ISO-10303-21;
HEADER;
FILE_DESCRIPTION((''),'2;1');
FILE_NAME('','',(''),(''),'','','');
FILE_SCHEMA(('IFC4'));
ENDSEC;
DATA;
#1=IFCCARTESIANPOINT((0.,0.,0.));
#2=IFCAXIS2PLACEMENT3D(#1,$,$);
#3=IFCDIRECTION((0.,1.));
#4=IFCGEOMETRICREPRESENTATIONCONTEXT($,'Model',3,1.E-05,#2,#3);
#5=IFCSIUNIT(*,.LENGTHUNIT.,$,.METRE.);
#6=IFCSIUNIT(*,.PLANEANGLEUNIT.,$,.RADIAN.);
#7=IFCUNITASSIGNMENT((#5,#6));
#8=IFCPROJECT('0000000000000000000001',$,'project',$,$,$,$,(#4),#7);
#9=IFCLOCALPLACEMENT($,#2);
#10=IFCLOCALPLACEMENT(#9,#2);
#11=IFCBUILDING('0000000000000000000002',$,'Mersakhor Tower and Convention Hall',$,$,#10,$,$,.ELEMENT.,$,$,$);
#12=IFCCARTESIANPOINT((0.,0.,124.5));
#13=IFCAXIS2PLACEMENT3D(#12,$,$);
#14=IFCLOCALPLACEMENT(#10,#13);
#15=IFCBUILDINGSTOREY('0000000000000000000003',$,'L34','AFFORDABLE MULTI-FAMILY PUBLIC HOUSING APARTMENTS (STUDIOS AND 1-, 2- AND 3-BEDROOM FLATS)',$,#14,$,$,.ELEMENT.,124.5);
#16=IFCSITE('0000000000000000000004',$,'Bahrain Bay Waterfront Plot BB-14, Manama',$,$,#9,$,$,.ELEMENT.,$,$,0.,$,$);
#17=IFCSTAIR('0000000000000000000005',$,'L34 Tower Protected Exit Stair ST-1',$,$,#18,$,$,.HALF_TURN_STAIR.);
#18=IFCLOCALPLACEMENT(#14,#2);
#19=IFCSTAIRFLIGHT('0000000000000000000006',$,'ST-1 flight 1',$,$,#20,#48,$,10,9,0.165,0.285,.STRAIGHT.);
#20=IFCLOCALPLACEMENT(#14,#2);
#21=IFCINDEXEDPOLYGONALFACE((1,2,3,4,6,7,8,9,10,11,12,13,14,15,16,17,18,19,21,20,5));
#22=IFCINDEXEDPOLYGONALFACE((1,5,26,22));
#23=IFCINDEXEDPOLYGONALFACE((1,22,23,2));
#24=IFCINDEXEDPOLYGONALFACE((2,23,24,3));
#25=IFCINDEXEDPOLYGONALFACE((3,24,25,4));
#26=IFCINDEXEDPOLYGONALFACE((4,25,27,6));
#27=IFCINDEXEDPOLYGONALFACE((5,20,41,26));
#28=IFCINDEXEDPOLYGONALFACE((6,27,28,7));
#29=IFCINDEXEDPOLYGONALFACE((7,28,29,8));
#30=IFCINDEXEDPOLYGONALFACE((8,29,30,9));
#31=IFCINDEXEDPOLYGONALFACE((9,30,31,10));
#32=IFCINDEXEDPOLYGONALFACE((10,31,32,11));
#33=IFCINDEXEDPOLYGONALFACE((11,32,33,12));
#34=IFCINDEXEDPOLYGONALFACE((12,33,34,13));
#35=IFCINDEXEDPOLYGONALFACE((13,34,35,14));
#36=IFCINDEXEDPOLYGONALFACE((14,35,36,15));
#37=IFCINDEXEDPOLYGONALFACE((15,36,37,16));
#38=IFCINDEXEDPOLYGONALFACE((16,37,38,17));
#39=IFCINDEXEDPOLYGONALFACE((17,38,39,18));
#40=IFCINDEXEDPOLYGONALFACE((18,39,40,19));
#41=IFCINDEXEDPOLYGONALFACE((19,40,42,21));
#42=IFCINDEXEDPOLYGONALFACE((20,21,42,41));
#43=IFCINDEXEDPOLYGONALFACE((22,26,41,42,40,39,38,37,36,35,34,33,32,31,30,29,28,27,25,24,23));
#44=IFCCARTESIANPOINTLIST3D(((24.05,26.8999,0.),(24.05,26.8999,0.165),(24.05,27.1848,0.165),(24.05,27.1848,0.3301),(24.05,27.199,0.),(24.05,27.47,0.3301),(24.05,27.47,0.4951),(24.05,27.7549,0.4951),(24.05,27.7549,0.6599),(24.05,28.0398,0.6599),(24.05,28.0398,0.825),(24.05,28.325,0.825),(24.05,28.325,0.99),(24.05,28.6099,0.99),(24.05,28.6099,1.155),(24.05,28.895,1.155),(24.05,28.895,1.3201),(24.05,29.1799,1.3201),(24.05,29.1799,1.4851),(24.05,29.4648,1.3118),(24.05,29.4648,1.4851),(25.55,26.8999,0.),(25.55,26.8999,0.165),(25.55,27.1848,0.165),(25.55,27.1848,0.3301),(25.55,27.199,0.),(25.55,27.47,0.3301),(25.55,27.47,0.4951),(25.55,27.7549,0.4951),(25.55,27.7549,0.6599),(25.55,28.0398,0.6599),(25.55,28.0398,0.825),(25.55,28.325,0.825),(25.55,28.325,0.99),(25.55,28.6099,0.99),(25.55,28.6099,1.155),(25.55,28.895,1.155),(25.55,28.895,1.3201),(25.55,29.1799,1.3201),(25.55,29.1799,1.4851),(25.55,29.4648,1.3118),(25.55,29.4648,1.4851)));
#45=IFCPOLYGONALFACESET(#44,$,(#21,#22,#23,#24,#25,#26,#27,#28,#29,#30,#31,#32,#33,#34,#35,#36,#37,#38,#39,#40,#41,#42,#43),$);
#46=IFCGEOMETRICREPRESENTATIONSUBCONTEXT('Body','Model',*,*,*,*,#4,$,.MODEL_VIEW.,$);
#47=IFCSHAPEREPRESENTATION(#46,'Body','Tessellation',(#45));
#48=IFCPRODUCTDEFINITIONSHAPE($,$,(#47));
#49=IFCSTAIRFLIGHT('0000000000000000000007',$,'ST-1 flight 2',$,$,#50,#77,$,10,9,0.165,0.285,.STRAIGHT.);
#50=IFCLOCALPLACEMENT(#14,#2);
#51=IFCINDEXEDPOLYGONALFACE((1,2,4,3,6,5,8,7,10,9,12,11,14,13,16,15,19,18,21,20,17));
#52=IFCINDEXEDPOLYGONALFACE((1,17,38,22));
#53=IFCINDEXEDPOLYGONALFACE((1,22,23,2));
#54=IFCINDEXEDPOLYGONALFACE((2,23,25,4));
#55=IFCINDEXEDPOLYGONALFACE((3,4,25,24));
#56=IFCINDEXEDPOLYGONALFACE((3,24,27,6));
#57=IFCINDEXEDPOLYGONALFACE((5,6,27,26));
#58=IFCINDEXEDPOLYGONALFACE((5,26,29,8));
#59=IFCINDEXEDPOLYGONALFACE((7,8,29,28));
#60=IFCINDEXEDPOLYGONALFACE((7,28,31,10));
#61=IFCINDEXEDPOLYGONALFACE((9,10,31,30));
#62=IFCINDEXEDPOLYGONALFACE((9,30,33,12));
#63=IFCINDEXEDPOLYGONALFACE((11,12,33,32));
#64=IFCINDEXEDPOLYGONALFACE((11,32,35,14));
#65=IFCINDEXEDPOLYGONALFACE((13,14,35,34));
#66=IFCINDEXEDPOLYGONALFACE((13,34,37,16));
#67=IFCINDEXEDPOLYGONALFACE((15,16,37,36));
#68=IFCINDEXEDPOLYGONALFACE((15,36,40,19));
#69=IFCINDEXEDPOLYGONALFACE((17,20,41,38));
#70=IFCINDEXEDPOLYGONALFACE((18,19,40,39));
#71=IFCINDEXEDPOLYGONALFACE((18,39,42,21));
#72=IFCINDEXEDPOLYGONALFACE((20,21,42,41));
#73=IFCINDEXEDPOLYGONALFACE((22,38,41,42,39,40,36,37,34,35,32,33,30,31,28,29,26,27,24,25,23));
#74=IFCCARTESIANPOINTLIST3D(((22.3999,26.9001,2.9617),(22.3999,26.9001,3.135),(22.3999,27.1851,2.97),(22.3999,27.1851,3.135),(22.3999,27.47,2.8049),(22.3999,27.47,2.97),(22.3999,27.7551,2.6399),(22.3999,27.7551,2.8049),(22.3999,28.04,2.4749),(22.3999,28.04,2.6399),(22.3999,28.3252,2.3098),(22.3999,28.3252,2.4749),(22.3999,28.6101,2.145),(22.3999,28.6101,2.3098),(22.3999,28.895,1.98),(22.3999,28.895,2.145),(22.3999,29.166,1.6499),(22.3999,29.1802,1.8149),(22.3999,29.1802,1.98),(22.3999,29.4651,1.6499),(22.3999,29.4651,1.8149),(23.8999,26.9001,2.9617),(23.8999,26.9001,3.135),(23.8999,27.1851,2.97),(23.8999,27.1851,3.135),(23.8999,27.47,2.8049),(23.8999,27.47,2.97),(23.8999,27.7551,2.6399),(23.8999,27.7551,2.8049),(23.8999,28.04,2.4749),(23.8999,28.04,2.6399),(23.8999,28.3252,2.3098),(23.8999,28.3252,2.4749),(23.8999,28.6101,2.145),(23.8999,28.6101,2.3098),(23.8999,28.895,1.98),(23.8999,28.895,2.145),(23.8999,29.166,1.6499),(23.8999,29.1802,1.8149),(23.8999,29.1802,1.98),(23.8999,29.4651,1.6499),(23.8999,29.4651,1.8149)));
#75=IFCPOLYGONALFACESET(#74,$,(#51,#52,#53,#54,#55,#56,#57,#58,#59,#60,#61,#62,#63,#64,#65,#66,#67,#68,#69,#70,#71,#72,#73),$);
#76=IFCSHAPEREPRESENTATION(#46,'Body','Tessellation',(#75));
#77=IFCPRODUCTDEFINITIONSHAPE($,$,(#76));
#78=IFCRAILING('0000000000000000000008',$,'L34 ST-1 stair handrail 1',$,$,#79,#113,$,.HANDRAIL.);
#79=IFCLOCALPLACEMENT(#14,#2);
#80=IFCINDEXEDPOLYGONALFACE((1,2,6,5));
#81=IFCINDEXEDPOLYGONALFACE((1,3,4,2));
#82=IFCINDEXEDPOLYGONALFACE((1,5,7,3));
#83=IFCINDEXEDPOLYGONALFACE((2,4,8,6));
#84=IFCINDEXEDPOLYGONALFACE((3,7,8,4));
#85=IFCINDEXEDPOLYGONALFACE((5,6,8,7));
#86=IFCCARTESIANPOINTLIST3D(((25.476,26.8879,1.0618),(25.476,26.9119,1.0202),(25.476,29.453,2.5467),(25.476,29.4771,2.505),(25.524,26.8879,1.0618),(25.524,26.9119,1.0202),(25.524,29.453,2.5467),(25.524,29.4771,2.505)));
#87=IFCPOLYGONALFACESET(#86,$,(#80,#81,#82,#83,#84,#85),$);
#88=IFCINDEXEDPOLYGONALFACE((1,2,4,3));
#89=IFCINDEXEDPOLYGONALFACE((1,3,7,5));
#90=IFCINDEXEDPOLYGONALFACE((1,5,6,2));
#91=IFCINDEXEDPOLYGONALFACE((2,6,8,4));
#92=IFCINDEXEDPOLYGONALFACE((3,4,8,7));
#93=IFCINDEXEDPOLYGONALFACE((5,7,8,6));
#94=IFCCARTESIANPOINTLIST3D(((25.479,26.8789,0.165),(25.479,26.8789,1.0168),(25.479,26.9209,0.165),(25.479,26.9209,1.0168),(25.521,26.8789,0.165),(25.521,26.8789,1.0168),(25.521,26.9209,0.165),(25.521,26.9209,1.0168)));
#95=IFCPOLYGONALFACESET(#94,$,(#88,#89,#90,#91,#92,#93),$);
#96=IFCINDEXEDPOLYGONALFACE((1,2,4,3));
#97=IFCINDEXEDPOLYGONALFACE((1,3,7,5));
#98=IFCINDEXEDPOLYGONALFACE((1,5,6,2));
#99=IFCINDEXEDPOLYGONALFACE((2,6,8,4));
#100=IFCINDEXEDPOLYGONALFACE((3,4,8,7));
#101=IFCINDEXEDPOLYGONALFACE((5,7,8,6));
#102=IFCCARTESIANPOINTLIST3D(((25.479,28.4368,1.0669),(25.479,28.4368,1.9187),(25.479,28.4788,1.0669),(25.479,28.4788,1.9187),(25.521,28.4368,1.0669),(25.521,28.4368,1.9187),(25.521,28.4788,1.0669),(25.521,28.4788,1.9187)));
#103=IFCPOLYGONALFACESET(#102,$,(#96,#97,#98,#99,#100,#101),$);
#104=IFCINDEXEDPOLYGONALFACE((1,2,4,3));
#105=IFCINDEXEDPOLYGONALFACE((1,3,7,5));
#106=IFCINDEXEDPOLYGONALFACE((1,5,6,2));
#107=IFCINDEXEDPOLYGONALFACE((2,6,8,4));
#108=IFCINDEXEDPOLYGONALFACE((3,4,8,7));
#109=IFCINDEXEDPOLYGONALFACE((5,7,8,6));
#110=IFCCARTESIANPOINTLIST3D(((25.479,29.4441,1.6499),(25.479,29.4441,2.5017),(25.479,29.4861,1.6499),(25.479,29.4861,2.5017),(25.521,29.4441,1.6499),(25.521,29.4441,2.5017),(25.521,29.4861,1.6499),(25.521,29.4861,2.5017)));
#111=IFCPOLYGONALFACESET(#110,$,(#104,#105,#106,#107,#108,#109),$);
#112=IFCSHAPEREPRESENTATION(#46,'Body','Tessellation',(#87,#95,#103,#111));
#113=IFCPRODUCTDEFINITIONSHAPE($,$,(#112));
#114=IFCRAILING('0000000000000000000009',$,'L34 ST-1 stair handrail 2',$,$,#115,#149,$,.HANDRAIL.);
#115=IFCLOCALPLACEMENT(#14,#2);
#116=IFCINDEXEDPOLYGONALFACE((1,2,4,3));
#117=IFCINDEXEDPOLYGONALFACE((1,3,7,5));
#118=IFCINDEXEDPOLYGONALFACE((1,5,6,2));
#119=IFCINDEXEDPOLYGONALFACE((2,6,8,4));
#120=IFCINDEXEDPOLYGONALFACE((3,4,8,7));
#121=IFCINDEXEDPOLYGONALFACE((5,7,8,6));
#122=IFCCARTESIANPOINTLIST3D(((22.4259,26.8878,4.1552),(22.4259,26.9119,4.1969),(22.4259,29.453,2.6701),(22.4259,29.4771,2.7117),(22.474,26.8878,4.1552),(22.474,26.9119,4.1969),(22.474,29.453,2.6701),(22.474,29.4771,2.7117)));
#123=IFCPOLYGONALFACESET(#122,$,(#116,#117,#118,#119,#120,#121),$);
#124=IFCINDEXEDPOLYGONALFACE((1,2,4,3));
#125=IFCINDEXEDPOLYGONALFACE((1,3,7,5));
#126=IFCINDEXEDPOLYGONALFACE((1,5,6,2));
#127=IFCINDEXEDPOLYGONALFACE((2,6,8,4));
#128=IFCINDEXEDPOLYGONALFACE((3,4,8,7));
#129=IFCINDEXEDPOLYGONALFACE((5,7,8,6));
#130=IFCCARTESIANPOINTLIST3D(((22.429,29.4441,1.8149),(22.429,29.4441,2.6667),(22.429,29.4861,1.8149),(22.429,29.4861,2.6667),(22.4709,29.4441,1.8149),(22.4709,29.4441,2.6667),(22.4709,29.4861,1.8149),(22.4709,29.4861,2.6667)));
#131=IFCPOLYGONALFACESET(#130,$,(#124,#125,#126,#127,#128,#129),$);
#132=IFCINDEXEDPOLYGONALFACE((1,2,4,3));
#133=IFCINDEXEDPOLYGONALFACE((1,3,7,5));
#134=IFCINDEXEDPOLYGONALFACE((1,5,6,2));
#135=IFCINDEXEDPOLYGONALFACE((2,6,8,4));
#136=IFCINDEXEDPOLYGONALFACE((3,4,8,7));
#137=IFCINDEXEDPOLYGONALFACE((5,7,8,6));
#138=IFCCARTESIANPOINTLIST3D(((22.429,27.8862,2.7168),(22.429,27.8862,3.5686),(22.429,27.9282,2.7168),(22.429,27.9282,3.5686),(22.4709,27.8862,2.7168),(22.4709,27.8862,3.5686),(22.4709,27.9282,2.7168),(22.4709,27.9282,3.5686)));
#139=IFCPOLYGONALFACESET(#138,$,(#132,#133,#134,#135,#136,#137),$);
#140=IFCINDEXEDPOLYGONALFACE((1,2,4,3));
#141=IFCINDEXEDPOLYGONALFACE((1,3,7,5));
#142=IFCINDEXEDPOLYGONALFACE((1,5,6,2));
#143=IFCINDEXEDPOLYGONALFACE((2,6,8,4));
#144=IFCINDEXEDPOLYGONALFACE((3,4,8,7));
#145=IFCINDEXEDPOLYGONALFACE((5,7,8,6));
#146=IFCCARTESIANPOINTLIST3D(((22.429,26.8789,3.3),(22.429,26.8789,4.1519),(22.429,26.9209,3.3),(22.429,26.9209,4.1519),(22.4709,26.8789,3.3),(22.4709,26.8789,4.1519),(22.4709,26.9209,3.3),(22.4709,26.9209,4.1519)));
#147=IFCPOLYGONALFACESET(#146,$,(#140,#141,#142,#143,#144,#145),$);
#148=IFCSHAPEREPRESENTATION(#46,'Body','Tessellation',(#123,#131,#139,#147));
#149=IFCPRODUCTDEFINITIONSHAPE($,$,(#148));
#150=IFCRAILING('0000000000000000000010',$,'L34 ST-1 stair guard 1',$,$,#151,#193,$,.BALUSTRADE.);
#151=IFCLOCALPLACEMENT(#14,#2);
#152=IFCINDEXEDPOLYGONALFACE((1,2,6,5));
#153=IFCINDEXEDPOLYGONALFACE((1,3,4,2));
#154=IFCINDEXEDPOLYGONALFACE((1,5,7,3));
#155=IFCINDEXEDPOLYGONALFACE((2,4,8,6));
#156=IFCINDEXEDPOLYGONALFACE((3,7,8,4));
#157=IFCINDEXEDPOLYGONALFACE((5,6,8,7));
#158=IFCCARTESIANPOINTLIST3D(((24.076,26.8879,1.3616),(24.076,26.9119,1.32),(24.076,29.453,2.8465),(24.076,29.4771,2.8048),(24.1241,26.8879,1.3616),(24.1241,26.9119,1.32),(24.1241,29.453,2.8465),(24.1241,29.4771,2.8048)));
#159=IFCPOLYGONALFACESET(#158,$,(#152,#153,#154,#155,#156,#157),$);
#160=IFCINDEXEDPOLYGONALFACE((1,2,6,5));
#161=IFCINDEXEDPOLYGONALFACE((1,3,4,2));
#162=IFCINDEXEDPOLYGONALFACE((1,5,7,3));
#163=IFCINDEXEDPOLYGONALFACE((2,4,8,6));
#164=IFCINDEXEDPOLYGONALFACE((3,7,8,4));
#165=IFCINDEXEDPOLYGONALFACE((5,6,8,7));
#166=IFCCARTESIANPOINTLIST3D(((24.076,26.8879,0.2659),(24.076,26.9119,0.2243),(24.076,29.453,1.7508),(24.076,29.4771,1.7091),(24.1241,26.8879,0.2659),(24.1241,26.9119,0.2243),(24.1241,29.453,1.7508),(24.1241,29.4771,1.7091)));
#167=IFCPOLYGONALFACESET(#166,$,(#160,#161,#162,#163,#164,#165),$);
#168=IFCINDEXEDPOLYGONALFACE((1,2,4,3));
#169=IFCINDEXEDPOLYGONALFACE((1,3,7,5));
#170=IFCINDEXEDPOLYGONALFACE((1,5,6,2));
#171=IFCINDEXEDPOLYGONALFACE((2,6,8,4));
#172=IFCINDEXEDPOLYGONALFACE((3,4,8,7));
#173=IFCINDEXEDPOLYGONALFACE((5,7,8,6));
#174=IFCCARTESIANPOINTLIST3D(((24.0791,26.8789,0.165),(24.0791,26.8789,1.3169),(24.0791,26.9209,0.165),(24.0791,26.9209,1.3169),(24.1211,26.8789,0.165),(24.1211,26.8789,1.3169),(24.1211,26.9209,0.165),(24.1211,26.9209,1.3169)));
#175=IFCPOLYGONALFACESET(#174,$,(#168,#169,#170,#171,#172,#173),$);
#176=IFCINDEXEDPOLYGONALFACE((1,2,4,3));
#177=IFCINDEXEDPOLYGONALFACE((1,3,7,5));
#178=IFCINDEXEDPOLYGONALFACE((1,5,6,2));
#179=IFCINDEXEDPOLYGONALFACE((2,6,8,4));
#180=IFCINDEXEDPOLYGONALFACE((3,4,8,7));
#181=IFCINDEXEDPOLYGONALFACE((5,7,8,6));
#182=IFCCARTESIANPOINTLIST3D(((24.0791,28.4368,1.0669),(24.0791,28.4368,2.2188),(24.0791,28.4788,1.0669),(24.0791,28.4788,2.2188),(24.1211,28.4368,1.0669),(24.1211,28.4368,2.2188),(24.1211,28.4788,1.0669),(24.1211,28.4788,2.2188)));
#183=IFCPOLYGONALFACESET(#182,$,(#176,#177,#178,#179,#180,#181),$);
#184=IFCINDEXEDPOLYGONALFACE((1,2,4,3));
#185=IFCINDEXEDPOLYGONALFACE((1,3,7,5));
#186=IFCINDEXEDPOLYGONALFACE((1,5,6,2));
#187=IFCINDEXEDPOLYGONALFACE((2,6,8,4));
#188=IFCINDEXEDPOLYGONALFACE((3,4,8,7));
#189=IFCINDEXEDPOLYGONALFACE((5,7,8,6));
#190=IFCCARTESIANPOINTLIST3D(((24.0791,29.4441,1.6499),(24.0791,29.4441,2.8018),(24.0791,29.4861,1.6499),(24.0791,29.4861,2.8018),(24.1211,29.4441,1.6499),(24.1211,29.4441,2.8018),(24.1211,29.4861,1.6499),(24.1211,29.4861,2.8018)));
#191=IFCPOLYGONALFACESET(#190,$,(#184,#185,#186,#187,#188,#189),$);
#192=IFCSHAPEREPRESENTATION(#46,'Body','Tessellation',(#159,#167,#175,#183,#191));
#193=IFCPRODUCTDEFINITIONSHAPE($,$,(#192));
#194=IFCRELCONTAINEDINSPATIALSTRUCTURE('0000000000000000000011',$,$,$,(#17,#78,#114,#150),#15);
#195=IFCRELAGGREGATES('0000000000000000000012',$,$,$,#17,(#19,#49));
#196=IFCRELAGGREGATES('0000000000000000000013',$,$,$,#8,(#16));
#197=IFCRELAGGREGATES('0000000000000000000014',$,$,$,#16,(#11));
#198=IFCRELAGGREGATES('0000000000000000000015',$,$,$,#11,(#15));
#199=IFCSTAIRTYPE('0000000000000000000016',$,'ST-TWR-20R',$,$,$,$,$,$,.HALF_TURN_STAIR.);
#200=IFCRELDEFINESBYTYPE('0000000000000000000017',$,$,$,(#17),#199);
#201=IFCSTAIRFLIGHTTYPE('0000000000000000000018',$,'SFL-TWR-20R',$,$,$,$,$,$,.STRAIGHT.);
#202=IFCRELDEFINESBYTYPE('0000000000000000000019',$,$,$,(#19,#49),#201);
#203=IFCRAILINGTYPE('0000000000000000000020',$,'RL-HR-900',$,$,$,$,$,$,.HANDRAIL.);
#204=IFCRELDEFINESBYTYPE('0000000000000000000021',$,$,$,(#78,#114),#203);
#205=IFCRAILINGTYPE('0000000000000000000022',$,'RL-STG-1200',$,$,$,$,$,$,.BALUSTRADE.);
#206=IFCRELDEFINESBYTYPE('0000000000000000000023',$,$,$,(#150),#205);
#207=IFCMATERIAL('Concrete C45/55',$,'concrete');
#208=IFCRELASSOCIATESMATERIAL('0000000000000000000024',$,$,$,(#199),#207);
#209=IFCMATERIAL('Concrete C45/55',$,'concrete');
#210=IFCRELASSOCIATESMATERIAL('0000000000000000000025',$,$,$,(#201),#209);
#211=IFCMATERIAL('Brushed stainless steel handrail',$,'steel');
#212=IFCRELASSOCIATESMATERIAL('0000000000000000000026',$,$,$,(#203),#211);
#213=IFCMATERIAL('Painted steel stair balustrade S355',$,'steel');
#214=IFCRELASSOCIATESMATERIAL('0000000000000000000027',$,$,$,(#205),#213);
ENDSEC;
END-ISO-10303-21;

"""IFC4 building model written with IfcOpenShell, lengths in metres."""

from ifc_helpers import new_model, si_unit, direction, frame, origin, origin_2d, place, context, subcontext, project, spatial, polyline, rectangle, outline, extrude, material, type_object, element, aggregate, save


model = new_model("IFC4")

# Units and contexts
model_context = context("Model", 3, precision=1e-05, world=origin(), true_north=direction((0.0, 1.0)))
body_context = subcontext(model_context, "Body", "Model", "MODEL_VIEW")
ifc_project = project(units=[si_unit("LENGTHUNIT", "METRE"), si_unit("PLANEANGLEUNIT", "RADIAN")], contexts=[model_context])

# Site, building, storey
site_placement = place(None, origin())
site = spatial("IfcSite", under=ifc_project, at=site_placement, Name="Bahrain Bay Waterfront Plot BB-14, Manama", CompositionType="ELEMENT", RefElevation=0.0)
building_placement = place(site_placement, origin())
building = spatial("IfcBuilding", under=site, at=building_placement, Name="Mersakhor Tower and Convention Hall", CompositionType="ELEMENT")
storey_placement = place(building_placement, frame((0.0, 0.0, 124.5)))
storey = spatial("IfcBuildingStorey", under=building, at=storey_placement, Name="L34", Description="AFFORDABLE MULTI-FAMILY PUBLIC HOUSING APARTMENTS (STUDIOS AND 1-, 2- AND 3-BEDROOM FLATS)", CompositionType="ELEMENT", Elevation=124.5)

# Stair, stair flights
ifc_material_1 = material(Name="Concrete C45/55", Category="concrete")
stair_type = type_object("IfcStairType", Name="ST-TWR-20R", PredefinedType="HALF_TURN_STAIR", material=ifc_material_1)
stair_placement = place(storey_placement, origin())
stair = element("IfcStair", 1, at=stair_placement, inside=storey, type_object=stair_type, Name="L34 Tower Protected Exit Stair ST-1", PredefinedType="HALF_TURN_STAIR")
ifc_material_2 = material(Name="Concrete C45/55", Category="concrete")
stair_flight_type = type_object("IfcStairFlightType", Name="SFL-TWR-20R", PredefinedType="STRAIGHT", material=ifc_material_2)
stair_flight_1_placement = place(storey_placement, frame((24.8, 26.8999, 0.0), z_axis=(0.0, 0.0, 1.0), x_axis=(0.0, 1.0, 0.0)))
stair_flight_1 = element("IfcStairFlight", 2, at=stair_flight_1_placement, type_object=stair_flight_type, Name="ST-1 flight 1", NumberOfRisers=10, NumberOfTreads=9, PredefinedType="STRAIGHT", RiserHeight=0.165, TreadLength=0.285, context=body_context, shape_type="SweptSolid", body=[
    extrude(outline(polyline([(0.0, 0.0), (0.0, 0.165), (0.2849, 0.165), (0.2849, 0.3301), (0.5701, 0.3301), (0.5701, 0.4951), (0.855, 0.4951), (0.855, 0.6599), (1.1399, 0.6599), (1.1399, 0.825), (1.425, 0.825), (1.425, 0.99), (1.71, 0.99), (1.71, 1.155), (1.9951, 1.155), (1.9951, 1.3201), (2.28, 1.3201), (2.28, 1.4851), (2.5649, 1.4851), (2.5649, 1.6499), (2.5649, 1.3118), (0.2991, 0.0), (0.0, 0.0)])), frame((0.0, 0.75, 0.0), z_axis=(0.0, -1.0, 0.0), x_axis=(1.0, 0.0, 0.0)), (0.0, 0.0, 1.0), 1.5),
])
stair_flight_2_placement = place(storey_placement, frame((23.1499, 29.4651, 1.6499), z_axis=(0.0, 0.0, 1.0), x_axis=(0.0, -1.0, 0.0)))
stair_flight_2 = element("IfcStairFlight", 3, at=stair_flight_2_placement, type_object=stair_flight_type, Name="ST-1 flight 2", NumberOfRisers=10, NumberOfTreads=9, PredefinedType="STRAIGHT", RiserHeight=0.165, TreadLength=0.285, context=body_context, shape_type="SweptSolid", body=[
    extrude(outline(polyline([(0.0, 0.0), (0.0, 0.165), (0.2849, 0.165), (0.2849, 0.3301), (0.5701, 0.3301), (0.5701, 0.4951), (0.855, 0.4951), (0.855, 0.6599), (1.1399, 0.6599), (1.1399, 0.825), (1.425, 0.825), (1.425, 0.99), (1.71, 0.99), (1.71, 1.155), (1.9951, 1.155), (1.9951, 1.3201), (2.28, 1.3201), (2.28, 1.4851), (2.5649, 1.4851), (2.5649, 1.6499), (2.5649, 1.3118), (0.2991, 0.0), (0.0, 0.0)])), frame((0.0, 0.75, 0.0), z_axis=(0.0, -1.0, 0.0), x_axis=(1.0, 0.0, 0.0)), (0.0, 0.0, 1.0), 1.5),
])
aggregate(stair, [stair_flight_1, stair_flight_2])

# Railings
ifc_material_3 = material(Name="Brushed stainless steel handrail", Category="steel")
railing_type_1 = type_object("IfcRailingType", Name="RL-HR-900", PredefinedType="HANDRAIL", material=ifc_material_3)
railing_1_placement = place(storey_placement, frame((25.5, 26.8999, 0.165)))
element("IfcRailing", 4, at=railing_1_placement, inside=storey, type_object=railing_type_1, Name="L34 ST-1 stair handrail 1", PredefinedType="HANDRAIL", context=body_context, shape_type="SweptSolid", body=[
    extrude(rectangle(XDim=0.0481, YDim=0.0481, at=origin_2d()), frame((0.0, 0.0, 0.876), z_axis=(0.0, 0.865462, 0.500975), x_axis=(-1.0, 0.0, 0.0)), (0.0, 0.0, 1.0), 2.9639),
    extrude(rectangle(XDim=0.042, YDim=0.042, at=origin_2d()), origin(), (0.0, 0.0, 1.0), 0.8518),
    extrude(rectangle(XDim=0.042, YDim=0.042, at=origin_2d()), frame((0.0, 1.5579, 0.9019)), (0.0, 0.0, 1.0), 0.8518),
    extrude(rectangle(XDim=0.042, YDim=0.042, at=origin_2d()), frame((0.0, 2.5652, 1.4849)), (0.0, 0.0, 1.0), 0.8518),
])
railing_2_placement = place(storey_placement, frame((22.45, 29.4651, 1.8149)))
element("IfcRailing", 5, at=railing_2_placement, inside=storey, type_object=railing_type_1, Name="L34 ST-1 stair handrail 2", PredefinedType="HANDRAIL", context=body_context, shape_type="SweptSolid", body=[
    extrude(rectangle(XDim=0.0481, YDim=0.0481, at=origin_2d()), frame((0.0, 0.0, 0.876), z_axis=(0.0, -0.865426, 0.501036), x_axis=(1.0, 0.0, 0.0)), (0.0, 0.0, 1.0), 2.9641),
    extrude(rectangle(XDim=0.042, YDim=0.042, at=origin_2d()), origin(), (0.0, 0.0, 1.0), 0.8518),
    extrude(rectangle(XDim=0.042, YDim=0.042, at=origin_2d()), frame((0.0, -1.5579, 0.9019)), (0.0, 0.0, 1.0), 0.8518),
    extrude(rectangle(XDim=0.042, YDim=0.042, at=origin_2d()), frame((0.0, -2.5652, 1.4851)), (0.0, 0.0, 1.0), 0.8518),
])
ifc_material_4 = material(Name="Painted steel stair balustrade S355", Category="steel")
railing_type_2 = type_object("IfcRailingType", Name="RL-STG-1200", PredefinedType="BALUSTRADE", material=ifc_material_4)
railing_3_placement = place(storey_placement, frame((24.1001, 26.8999, 0.165)))
element("IfcRailing", 6, at=railing_3_placement, inside=storey, type_object=railing_type_2, Name="L34 ST-1 stair guard 1", PredefinedType="BALUSTRADE", context=body_context, shape_type="SweptSolid", body=[
    extrude(rectangle(XDim=0.0481, YDim=0.0481, at=origin_2d()), frame((0.0, 0.0, 1.1758), z_axis=(0.0, 0.865462, 0.500975), x_axis=(-1.0, 0.0, 0.0)), (0.0, 0.0, 1.0), 2.9639),
    extrude(rectangle(XDim=0.0481, YDim=0.0481, at=origin_2d()), frame((0.0, 0.0, 0.0801), z_axis=(0.0, 0.865462, 0.500975), x_axis=(-1.0, 0.0, 0.0)), (0.0, 0.0, 1.0), 2.9639),
    extrude(rectangle(XDim=0.042, YDim=0.042, at=origin_2d()), origin(), (0.0, 0.0, 1.0), 1.1519),
    extrude(rectangle(XDim=0.042, YDim=0.042, at=origin_2d()), frame((0.0, 1.5579, 0.9019)), (0.0, 0.0, 1.0), 1.1519),
    extrude(rectangle(XDim=0.042, YDim=0.042, at=origin_2d()), frame((0.0, 2.5652, 1.4849)), (0.0, 0.0, 1.0), 1.1519),
])

save(model, "model.ifc")
